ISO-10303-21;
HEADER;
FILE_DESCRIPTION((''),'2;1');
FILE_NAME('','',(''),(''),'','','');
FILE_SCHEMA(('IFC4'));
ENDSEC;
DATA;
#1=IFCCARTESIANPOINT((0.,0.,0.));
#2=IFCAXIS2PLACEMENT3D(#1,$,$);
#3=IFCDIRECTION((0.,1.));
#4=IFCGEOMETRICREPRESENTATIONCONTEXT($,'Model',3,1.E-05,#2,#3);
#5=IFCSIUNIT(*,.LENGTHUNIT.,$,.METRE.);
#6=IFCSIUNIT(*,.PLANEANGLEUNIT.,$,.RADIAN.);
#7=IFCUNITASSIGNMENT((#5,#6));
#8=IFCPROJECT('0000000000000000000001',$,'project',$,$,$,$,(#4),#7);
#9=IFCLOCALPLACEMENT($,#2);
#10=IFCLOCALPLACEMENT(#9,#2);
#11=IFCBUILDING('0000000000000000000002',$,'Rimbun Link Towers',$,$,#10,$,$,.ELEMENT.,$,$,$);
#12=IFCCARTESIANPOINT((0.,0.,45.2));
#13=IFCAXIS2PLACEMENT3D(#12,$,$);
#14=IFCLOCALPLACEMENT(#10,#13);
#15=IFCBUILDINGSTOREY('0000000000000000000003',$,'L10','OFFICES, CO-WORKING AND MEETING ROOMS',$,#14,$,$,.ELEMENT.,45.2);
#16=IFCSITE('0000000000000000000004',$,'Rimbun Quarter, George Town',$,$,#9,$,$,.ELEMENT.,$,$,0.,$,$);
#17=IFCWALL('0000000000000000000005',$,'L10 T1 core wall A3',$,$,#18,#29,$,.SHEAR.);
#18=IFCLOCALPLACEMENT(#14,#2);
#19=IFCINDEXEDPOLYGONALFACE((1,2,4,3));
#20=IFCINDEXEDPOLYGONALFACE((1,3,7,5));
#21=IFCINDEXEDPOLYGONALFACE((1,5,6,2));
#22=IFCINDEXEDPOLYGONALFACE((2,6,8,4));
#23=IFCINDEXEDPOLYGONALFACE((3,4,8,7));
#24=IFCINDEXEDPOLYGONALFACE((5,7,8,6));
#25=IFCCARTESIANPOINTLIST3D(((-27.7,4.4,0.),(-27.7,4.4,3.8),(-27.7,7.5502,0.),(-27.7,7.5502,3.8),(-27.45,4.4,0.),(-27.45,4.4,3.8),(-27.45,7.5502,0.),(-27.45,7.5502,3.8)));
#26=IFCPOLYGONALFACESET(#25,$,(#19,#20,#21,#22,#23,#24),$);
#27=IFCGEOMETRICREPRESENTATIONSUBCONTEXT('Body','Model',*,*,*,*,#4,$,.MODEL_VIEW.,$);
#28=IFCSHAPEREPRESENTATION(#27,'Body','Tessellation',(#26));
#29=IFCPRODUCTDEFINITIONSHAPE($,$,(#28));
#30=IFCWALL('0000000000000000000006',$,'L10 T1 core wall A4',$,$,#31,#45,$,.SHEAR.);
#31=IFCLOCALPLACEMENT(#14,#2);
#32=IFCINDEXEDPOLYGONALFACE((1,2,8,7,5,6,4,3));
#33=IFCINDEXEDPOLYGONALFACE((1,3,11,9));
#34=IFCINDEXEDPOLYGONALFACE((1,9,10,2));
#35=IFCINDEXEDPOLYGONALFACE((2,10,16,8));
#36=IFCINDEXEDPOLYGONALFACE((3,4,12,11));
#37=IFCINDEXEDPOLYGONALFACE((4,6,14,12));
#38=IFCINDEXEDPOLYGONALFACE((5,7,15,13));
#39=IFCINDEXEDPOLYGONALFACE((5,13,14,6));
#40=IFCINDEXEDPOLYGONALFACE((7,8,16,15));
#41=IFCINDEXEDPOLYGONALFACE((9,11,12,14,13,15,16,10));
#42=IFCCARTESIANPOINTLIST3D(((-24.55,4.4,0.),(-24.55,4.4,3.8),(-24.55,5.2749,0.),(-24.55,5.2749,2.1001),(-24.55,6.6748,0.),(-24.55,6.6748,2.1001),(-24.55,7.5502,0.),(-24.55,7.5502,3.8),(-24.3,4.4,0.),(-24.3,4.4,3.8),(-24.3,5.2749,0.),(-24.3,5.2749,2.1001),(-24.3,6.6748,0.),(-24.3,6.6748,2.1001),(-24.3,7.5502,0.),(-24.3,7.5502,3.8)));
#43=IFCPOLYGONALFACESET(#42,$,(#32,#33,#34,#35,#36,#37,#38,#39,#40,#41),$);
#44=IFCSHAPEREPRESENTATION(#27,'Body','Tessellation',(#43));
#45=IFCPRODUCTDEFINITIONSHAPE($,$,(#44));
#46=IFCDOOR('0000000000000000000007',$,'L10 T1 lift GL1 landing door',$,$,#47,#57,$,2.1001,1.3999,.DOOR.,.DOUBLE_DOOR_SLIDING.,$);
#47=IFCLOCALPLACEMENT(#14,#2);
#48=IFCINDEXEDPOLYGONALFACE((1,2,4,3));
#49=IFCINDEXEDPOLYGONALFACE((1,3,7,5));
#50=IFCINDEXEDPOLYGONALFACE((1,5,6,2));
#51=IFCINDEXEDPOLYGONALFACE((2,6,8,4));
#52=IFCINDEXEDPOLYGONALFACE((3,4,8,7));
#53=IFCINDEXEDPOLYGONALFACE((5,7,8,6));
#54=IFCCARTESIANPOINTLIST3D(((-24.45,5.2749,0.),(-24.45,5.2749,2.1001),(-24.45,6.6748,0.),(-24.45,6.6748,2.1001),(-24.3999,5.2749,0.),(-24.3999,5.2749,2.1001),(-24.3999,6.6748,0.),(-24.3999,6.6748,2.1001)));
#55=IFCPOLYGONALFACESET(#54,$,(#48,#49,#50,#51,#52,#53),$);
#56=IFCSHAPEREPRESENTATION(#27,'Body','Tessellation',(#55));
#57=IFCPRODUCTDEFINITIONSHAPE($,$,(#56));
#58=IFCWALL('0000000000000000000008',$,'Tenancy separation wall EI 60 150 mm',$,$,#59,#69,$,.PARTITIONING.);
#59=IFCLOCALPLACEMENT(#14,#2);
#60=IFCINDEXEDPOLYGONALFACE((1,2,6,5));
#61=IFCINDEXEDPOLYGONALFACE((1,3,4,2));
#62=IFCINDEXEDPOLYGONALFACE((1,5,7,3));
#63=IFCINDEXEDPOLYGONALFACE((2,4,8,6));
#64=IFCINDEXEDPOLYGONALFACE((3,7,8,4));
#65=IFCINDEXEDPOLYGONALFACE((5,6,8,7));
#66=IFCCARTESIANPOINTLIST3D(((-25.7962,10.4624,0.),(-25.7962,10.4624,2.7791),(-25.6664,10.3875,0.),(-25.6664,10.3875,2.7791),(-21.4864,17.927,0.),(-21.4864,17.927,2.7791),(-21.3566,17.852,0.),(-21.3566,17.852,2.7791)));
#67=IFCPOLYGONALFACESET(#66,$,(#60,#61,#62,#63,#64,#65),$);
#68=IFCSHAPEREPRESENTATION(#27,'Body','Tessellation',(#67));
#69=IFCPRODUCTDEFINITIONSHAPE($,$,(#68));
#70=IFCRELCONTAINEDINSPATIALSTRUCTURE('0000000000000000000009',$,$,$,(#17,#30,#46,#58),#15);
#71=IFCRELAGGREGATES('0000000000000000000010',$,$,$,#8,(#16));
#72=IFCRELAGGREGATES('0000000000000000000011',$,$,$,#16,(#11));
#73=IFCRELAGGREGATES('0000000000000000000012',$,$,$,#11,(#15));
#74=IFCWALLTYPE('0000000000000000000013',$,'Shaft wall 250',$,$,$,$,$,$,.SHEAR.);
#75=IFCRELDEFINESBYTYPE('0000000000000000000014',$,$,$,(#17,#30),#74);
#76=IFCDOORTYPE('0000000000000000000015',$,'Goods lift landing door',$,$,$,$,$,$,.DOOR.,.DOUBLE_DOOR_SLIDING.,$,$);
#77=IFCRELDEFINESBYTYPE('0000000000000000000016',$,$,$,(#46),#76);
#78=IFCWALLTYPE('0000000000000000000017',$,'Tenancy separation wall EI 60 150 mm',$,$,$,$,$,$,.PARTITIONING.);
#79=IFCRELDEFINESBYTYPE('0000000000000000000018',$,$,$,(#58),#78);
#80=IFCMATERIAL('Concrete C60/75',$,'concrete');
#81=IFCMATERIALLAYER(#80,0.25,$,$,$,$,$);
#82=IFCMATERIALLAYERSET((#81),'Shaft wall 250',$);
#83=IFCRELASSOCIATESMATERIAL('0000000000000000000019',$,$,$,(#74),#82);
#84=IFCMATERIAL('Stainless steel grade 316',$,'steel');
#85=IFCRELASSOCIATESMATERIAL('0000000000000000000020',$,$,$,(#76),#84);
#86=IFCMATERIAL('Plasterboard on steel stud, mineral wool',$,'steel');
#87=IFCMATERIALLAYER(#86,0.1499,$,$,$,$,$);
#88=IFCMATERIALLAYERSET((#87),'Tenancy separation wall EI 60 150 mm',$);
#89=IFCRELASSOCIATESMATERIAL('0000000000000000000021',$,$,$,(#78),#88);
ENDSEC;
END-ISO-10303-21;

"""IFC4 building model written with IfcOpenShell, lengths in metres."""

from ifc_helpers import new_model, si_unit, direction, frame, frame_2d, origin, place, context, subcontext, project, spatial, rectangle, extrude, material, layer, layer_set, type_object, element, fill, save


model = new_model("IFC4")

# Units and contexts
model_context = context("Model", 3, precision=1e-05, world=origin(), true_north=direction((0.0, 1.0)))
body_context = subcontext(model_context, "Body", "Model", "MODEL_VIEW")
ifc_project = project(units=[si_unit("LENGTHUNIT", "METRE"), si_unit("PLANEANGLEUNIT", "RADIAN")], contexts=[model_context])

# Site, building, storey
site_placement = place(None, origin())
site = spatial("IfcSite", under=ifc_project, at=site_placement, Name="Rimbun Quarter, George Town", CompositionType="ELEMENT", RefElevation=0.0)
building_placement = place(site_placement, origin())
building = spatial("IfcBuilding", under=site, at=building_placement, Name="Rimbun Link Towers", CompositionType="ELEMENT")
storey_placement = place(building_placement, frame((0.0, 0.0, 45.2)))
storey = spatial("IfcBuildingStorey", under=building, at=storey_placement, Name="L10", Description="OFFICES, CO-WORKING AND MEETING ROOMS", CompositionType="ELEMENT", Elevation=45.2)

# Wall
ifc_material_1 = material(Name="Concrete C60/75", Category="concrete")
ifc_layer_1 = layer(ifc_material_1, 0.25)
ifc_layer_set_1 = layer_set([ifc_layer_1], Name="Shaft wall 250")
wall_type_1 = type_object("IfcWallType", Name="Shaft wall 250", PredefinedType="SHEAR", material=ifc_layer_set_1)
wall_1_placement = place(storey_placement, frame((-27.575, 4.3999, 0.0), z_axis=(0.0, 0.0, 1.0), x_axis=(0.0, 1.0, 0.0)))
element("IfcWall", 1, at=wall_1_placement, inside=storey, type_object=wall_type_1, Name="L10 T1 core wall A3", PredefinedType="SHEAR", context=body_context, shape_type="SweptSolid", body=[
    extrude(rectangle(XDim=3.1501, YDim=0.25, at=frame_2d((1.5752, 0.0))), origin(), (0.0, 0.0, 1.0), 3.8),
])

# Wall, opening, door
wall_2_placement = place(storey_placement, frame((-24.425, 4.3999, 0.0), z_axis=(0.0, 0.0, 1.0), x_axis=(0.0, 1.0, 0.0)))
wall_2 = element("IfcWall", 2, at=wall_2_placement, inside=storey, type_object=wall_type_1, Name="L10 T1 core wall A4", PredefinedType="SHEAR", context=body_context, shape_type="SweptSolid", body=[
    extrude(rectangle(XDim=3.1501, YDim=0.25, at=frame_2d((1.5752, 0.0))), origin(), (0.0, 0.0, 1.0), 3.8),
])
opening_1_placement = place(wall_2_placement, frame((0.875, 0.0, 0.0)))
opening_1 = element("IfcOpeningElement", 3, at=opening_1_placement, cuts=wall_2, PredefinedType="OPENING", context=body_context, shape_type="SweptSolid", body=[
    extrude(rectangle(XDim=1.3999, YDim=2.1001, at=frame_2d((0.7, 1.05))), frame((0.0, 0.135, 0.0), z_axis=(0.0, -1.0, 0.0), x_axis=(1.0, 0.0, 0.0)), (0.0, 0.0, 1.0), 0.27),
])
ifc_material_2 = material(Name="Stainless steel grade 316", Category="steel")
door_type_1 = type_object("IfcDoorType", Name="Goods lift landing door", OperationType="DOUBLE_DOOR_SLIDING", PredefinedType="DOOR", material=ifc_material_2)
door_1_placement = place(opening_1_placement, origin())
door_1 = element("IfcDoor", 4, at=door_1_placement, inside=storey, type_object=door_type_1, Name="L10 T1 lift GL1 landing door", OperationType="DOUBLE_DOOR_SLIDING", OverallHeight=2.1001, OverallWidth=1.3999, PredefinedType="DOOR", context=body_context, shape_type="SweptSolid", body=[
    extrude(rectangle(XDim=1.3999, YDim=2.1001, at=frame_2d((0.7, 1.05))), frame((0.0, 0.0249, 0.0), z_axis=(0.0, -1.0, 0.0), x_axis=(1.0, 0.0, 0.0)), (0.0, 0.0, 1.0), 0.05),
])
fill(opening_1, door_1)

# Wall
ifc_material_3 = material(Name="Plasterboard on steel stud, mineral wool", Category="steel")
ifc_layer_2 = layer(ifc_material_3, 0.1499)
ifc_layer_set_2 = layer_set([ifc_layer_2], Name="Tenancy separation wall EI 60 150 mm")
wall_type_2 = type_object("IfcWallType", Name="Tenancy separation wall EI 60 150 mm", PredefinedType="PARTITIONING", material=ifc_layer_set_2)
wall_3_placement = place(storey_placement, frame((-25.7312, 10.425, 0.0), z_axis=(0.0, 0.0, 1.0), x_axis=(0.500011, 0.866019, 0.0)))
element("IfcWall", 5, at=wall_3_placement, inside=storey, type_object=wall_type_2, Name="Tenancy separation wall EI 60 150 mm", PredefinedType="PARTITIONING", context=body_context, shape_type="SweptSolid", body=[
    extrude(rectangle(XDim=8.6194, YDim=0.1499, at=frame_2d((4.3096, 0.0))), origin(), (0.0, 0.0, 1.0), 2.7791),
])

save(model, "model.ifc")
